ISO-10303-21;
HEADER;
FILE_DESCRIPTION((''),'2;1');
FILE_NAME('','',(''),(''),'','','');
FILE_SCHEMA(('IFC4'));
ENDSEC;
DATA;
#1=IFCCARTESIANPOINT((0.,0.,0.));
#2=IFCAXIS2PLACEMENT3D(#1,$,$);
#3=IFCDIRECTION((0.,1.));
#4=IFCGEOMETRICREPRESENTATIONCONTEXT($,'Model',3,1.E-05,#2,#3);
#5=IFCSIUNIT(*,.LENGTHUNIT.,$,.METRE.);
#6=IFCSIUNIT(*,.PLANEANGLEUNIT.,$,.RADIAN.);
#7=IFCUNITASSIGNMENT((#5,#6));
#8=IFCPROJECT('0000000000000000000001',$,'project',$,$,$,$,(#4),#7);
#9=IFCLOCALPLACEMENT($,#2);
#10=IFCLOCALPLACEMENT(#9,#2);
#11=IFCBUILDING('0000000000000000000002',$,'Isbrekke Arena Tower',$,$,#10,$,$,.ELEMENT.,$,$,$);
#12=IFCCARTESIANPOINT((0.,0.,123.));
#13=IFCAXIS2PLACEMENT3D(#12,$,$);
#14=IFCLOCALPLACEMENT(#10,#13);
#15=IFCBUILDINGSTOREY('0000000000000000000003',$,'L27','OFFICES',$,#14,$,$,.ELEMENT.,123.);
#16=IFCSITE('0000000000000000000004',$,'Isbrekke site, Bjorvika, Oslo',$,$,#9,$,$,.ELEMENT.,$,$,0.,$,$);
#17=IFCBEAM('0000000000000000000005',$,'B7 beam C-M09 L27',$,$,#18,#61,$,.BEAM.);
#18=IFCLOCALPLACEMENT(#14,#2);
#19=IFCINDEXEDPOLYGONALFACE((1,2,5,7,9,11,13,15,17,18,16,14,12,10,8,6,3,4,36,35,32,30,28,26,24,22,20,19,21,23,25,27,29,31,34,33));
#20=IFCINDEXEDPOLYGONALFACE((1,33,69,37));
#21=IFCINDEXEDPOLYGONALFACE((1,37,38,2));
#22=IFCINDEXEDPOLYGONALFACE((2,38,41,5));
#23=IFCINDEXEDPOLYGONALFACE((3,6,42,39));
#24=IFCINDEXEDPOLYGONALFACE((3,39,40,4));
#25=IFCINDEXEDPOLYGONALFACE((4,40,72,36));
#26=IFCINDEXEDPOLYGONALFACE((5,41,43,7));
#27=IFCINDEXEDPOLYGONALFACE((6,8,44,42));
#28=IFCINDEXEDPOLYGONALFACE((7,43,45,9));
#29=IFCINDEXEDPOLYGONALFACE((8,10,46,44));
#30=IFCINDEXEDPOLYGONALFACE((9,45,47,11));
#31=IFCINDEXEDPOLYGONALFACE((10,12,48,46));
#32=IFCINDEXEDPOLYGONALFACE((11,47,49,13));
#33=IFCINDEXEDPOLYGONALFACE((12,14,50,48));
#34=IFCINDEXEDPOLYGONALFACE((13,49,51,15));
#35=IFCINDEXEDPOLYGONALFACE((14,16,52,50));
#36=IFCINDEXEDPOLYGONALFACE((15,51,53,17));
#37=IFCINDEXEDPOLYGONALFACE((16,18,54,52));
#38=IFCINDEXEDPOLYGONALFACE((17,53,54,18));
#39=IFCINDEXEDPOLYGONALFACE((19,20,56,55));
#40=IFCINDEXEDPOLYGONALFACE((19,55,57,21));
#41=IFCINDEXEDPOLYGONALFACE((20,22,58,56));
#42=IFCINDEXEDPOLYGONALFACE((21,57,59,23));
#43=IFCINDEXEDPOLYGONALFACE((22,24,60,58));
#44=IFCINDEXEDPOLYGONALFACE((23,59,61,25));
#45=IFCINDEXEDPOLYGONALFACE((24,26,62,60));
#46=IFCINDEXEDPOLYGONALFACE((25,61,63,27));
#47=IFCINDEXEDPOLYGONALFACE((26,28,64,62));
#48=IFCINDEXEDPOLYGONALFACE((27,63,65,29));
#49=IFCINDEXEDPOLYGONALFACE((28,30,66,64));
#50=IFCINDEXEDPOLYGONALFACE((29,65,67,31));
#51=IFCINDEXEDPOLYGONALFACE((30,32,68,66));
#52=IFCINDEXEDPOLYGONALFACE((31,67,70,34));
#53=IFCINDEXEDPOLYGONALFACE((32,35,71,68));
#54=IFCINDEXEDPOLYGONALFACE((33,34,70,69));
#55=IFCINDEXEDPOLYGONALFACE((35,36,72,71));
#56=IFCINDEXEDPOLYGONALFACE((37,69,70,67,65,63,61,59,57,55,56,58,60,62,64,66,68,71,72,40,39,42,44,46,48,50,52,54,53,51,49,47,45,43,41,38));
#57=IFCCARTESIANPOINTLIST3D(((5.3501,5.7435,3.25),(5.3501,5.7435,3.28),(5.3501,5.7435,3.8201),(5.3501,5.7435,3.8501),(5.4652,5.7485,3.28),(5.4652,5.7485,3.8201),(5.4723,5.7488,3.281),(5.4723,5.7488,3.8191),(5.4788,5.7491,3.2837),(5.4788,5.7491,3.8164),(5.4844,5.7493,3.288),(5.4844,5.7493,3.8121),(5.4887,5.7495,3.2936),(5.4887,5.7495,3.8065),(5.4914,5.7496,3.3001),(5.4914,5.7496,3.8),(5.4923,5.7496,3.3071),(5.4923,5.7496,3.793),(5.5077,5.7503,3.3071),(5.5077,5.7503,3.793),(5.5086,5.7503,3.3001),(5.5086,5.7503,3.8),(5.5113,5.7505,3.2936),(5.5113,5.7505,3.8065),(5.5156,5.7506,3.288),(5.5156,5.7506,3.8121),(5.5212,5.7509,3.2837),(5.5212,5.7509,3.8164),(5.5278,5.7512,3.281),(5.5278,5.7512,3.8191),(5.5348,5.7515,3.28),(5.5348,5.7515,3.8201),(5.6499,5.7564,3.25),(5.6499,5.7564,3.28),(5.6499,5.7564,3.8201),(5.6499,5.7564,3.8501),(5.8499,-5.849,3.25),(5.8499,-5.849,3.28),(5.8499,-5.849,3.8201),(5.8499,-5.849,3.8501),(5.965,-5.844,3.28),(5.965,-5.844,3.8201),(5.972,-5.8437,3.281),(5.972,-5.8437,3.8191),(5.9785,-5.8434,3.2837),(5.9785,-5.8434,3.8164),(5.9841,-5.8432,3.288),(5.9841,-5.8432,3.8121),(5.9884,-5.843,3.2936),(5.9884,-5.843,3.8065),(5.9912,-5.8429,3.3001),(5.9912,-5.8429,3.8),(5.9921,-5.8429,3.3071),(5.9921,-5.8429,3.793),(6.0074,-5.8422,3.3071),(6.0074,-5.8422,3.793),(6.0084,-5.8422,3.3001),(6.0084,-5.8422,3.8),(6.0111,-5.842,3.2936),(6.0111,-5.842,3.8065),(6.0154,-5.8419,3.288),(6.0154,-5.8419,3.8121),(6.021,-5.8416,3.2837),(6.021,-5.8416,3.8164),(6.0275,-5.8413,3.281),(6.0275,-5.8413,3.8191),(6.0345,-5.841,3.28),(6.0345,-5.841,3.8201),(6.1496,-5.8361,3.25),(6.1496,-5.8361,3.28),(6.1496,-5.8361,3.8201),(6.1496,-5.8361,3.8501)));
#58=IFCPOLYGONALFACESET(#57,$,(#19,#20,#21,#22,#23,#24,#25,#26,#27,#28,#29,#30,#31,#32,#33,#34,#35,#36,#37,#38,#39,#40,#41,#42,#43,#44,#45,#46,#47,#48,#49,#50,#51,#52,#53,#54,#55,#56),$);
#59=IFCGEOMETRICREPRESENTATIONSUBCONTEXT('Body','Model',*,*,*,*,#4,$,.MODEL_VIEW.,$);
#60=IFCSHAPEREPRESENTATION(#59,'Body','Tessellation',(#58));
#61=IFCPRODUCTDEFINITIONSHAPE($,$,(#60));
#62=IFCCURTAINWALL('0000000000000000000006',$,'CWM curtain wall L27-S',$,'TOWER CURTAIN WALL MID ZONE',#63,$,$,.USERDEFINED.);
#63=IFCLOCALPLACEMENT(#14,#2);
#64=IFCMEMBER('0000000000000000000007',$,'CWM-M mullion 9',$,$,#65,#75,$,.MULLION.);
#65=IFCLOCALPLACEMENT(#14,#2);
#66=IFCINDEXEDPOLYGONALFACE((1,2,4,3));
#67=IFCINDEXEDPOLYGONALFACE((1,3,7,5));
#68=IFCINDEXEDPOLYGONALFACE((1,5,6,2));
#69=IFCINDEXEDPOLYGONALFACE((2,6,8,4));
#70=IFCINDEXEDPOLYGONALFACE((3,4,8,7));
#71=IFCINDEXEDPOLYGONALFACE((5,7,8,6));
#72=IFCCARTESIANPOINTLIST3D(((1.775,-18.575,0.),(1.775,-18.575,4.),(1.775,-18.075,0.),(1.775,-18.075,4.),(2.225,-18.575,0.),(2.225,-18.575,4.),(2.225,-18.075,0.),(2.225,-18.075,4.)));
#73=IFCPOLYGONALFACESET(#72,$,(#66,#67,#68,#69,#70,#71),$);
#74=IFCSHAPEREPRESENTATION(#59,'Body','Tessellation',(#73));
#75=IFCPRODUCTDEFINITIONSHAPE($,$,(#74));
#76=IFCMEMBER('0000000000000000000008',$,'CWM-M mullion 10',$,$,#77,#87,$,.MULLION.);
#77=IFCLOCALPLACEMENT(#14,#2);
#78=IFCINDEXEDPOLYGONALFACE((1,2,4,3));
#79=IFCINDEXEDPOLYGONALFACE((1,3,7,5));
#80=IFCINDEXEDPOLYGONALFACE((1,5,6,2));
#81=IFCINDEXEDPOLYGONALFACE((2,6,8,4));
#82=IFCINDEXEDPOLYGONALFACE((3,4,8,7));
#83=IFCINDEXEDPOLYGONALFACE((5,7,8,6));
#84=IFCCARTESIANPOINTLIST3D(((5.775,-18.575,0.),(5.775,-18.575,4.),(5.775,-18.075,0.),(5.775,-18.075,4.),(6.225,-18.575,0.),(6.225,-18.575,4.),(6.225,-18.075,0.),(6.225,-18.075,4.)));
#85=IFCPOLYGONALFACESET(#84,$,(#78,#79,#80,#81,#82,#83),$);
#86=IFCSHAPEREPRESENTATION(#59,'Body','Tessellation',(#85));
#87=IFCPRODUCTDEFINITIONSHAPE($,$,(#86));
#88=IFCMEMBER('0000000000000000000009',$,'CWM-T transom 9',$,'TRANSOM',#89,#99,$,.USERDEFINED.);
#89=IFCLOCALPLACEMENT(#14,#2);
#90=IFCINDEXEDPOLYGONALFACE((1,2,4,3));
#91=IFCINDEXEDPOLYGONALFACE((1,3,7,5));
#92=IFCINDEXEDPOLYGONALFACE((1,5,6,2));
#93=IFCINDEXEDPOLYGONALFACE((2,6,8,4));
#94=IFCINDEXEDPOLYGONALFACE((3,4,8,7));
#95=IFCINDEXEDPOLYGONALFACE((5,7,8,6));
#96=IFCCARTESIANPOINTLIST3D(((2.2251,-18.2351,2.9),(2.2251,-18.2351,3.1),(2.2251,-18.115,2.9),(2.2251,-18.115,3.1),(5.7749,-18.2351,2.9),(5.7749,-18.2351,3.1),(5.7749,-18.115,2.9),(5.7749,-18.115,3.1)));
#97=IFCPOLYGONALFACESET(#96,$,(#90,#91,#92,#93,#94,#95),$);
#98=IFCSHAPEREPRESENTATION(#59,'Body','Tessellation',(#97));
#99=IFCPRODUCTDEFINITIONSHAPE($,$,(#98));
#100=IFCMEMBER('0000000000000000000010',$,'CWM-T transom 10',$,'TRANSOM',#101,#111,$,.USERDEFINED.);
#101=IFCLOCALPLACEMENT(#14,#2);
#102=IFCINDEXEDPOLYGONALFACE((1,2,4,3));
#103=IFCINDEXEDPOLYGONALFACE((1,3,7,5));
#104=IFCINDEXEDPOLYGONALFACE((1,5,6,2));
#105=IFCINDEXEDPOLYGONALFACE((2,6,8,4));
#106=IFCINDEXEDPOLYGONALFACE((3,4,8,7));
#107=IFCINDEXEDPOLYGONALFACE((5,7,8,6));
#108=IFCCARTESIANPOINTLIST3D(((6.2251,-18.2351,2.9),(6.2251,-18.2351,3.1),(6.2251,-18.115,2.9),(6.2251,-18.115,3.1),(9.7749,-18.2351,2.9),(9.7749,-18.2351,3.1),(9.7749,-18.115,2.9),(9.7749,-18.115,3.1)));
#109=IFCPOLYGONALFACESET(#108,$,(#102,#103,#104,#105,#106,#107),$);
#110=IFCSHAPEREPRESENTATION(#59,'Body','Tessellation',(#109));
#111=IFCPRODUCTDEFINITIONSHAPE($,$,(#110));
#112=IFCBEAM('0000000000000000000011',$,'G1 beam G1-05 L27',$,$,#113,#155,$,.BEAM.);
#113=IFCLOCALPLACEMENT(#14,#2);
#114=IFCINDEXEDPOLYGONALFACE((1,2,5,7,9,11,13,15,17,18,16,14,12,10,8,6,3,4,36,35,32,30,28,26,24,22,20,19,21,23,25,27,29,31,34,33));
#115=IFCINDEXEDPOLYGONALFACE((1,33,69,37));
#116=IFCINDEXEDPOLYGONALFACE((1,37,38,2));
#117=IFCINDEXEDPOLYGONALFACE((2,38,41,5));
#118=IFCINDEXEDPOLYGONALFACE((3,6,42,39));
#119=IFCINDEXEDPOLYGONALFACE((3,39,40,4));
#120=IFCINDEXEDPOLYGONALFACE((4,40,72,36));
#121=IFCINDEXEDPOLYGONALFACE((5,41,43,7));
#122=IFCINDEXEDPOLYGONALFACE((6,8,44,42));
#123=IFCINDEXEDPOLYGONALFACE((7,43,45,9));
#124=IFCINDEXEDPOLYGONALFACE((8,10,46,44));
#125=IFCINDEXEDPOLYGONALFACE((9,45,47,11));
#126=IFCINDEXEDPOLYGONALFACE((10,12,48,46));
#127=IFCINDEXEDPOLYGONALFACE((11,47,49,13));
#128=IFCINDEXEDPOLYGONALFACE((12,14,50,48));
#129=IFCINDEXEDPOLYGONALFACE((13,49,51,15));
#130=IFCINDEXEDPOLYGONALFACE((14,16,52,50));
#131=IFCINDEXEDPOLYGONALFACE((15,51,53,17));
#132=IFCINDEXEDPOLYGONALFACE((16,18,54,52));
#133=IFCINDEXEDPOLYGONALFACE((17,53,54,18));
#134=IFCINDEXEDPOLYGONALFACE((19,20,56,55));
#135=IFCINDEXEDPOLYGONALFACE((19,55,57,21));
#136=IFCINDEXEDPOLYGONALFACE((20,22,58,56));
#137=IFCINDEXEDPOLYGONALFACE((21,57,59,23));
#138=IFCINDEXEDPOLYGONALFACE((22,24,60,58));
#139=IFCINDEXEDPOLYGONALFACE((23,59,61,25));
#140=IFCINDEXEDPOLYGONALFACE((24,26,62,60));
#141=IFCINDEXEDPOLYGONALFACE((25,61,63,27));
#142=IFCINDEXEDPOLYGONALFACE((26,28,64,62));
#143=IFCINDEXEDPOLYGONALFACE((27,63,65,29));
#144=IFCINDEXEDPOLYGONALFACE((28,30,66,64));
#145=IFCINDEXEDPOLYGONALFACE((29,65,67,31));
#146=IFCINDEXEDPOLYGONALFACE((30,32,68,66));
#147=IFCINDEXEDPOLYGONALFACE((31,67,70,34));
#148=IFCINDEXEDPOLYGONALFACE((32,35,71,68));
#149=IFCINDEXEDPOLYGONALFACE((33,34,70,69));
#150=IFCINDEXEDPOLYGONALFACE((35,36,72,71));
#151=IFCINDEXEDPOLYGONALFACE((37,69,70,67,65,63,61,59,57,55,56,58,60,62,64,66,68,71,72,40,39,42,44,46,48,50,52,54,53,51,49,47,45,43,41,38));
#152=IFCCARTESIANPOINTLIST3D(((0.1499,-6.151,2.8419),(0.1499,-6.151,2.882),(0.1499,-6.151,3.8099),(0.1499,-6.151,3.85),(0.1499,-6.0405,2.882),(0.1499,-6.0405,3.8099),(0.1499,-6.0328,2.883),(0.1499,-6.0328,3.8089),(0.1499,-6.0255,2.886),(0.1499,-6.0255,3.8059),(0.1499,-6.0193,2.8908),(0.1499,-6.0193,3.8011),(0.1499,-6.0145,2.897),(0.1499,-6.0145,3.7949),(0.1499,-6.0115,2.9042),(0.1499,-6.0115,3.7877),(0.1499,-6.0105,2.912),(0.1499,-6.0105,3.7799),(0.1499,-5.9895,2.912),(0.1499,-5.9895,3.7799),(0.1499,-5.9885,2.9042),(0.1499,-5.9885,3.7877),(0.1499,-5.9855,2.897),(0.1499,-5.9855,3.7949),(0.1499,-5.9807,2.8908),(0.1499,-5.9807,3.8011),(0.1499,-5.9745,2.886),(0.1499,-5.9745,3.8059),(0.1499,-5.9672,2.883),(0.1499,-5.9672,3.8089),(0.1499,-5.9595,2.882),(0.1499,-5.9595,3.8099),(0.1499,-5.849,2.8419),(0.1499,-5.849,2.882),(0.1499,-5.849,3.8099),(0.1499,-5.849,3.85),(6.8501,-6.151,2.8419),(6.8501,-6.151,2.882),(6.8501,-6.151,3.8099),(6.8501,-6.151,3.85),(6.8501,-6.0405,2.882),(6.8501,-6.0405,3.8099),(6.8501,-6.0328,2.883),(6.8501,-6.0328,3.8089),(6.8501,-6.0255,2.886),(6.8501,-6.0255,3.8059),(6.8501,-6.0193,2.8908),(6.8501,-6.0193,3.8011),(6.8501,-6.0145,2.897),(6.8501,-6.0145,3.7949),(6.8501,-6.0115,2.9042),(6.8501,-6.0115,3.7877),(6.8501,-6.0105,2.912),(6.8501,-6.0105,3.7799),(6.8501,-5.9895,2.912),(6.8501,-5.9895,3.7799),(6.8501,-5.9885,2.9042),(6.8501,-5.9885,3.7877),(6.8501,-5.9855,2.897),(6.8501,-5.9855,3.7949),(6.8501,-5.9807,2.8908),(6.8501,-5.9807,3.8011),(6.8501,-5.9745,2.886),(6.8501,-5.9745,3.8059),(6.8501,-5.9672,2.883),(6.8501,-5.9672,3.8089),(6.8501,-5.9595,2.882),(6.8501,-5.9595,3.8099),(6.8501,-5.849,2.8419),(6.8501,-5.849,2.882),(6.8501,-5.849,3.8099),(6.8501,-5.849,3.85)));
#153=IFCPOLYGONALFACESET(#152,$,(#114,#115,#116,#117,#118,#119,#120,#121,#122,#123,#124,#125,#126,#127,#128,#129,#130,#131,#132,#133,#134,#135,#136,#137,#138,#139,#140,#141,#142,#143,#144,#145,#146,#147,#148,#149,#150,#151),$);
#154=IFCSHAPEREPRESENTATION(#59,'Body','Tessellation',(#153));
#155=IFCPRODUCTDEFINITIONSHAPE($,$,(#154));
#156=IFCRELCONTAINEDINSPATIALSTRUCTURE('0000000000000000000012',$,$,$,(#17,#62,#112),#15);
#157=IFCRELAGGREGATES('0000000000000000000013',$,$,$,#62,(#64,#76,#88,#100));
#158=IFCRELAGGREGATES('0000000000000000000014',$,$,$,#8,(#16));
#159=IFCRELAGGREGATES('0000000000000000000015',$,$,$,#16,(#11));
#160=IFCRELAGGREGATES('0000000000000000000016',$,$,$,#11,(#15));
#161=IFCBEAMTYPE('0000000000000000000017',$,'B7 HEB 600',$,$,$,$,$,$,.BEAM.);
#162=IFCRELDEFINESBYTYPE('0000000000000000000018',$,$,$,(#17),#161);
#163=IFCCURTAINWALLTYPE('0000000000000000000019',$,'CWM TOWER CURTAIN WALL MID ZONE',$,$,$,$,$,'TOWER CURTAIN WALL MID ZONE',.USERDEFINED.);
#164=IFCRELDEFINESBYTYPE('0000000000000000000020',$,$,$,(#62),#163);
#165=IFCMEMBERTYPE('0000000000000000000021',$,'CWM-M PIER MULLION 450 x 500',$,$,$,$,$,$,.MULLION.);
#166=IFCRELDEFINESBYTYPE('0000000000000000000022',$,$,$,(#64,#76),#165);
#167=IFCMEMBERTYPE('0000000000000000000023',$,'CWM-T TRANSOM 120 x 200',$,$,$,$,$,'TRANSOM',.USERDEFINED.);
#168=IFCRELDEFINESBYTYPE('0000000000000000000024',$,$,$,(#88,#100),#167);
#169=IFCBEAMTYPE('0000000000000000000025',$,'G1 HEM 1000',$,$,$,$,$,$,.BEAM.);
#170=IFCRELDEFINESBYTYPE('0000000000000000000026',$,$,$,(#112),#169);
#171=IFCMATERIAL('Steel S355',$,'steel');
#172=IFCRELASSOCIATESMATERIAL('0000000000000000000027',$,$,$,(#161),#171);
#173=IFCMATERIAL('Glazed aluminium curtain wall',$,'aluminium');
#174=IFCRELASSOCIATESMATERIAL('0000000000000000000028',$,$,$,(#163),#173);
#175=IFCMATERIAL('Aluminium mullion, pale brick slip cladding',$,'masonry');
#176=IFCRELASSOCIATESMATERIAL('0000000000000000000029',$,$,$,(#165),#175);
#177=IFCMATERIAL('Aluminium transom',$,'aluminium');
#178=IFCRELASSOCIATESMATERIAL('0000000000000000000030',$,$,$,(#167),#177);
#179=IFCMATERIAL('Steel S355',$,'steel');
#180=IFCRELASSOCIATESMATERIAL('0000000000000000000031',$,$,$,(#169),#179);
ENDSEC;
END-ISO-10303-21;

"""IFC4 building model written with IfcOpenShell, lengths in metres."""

from ifc_helpers import new_model, si_unit, direction, frame, origin, origin_2d, place, context, subcontext, project, spatial, rectangle, i_section, extrude, material, material_profile, profile_set, type_object, element, aggregate, save


model = new_model("IFC4")

# Units and contexts
model_context = context("Model", 3, precision=1e-05, world=origin(), true_north=direction((0.0, 1.0)))
body_context = subcontext(model_context, "Body", "Model", "MODEL_VIEW")
ifc_project = project(units=[si_unit("LENGTHUNIT", "METRE"), si_unit("PLANEANGLEUNIT", "RADIAN")], contexts=[model_context])

# Site, building, storey
site_placement = place(None, origin())
site = spatial("IfcSite", under=ifc_project, at=site_placement, Name="Isbrekke site, Bjorvika, Oslo", CompositionType="ELEMENT", RefElevation=0.0)
building_placement = place(site_placement, origin())
building = spatial("IfcBuilding", under=site, at=building_placement, Name="Isbrekke Arena Tower", CompositionType="ELEMENT")
storey_placement = place(building_placement, frame((0.0, 0.0, 123.0)))
storey = spatial("IfcBuildingStorey", under=building, at=storey_placement, Name="L27", Description="OFFICES", CompositionType="ELEMENT", Elevation=123.0)

# Beam
ifc_material_1 = material(Name="Steel S355", Category="steel")
ifc_material_profile_1 = material_profile(ifc_material_1, i_section(OverallWidth=0.3, OverallDepth=0.6001, WebThickness=0.0154, FlangeThickness=0.03, FilletRadius=0.0271, at=origin_2d()), Name="HEB 600")
ifc_profile_set_1 = profile_set([ifc_material_profile_1], Name="Steel S355")
beam_type_1 = type_object("IfcBeamType", Name="B7 HEB 600", PredefinedType="BEAM", material=ifc_profile_set_1)
beam_1_placement = place(storey_placement, frame((5.9998, -5.8425, 3.55), z_axis=(-0.04307, 0.999072, 0.0), x_axis=(-0.999072, -0.04307, 0.0)))
element("IfcBeam", 1, at=beam_1_placement, inside=storey, type_object=beam_type_1, Name="B7 beam C-M09 L27", PredefinedType="BEAM", context=body_context, shape_type="SweptSolid", body=[
    extrude(i_section(OverallWidth=0.3, OverallDepth=0.6001, WebThickness=0.0154, FlangeThickness=0.03, FilletRadius=0.0271, at=origin_2d()), origin(), (0.0, 0.0, 1.0), 11.6033),
])

# Curtain wall, members
ifc_material_2 = material(Name="Glazed aluminium curtain wall", Category="aluminium")
curtain_wall_type = type_object("IfcCurtainWallType", Name="CWM TOWER CURTAIN WALL MID ZONE", ElementType="TOWER CURTAIN WALL MID ZONE", PredefinedType="USERDEFINED", material=ifc_material_2)
curtain_wall_placement = place(storey_placement, origin())
curtain_wall = element("IfcCurtainWall", 2, at=curtain_wall_placement, inside=storey, type_object=curtain_wall_type, Name="CWM curtain wall L27-S", ObjectType="TOWER CURTAIN WALL MID ZONE", PredefinedType="USERDEFINED")
ifc_material_3 = material(Name="Aluminium mullion, pale brick slip cladding", Category="masonry")
ifc_material_profile_2 = material_profile(ifc_material_3, rectangle(XDim=0.45, YDim=0.5, at=origin_2d()), Name="PIER 450X500")
ifc_profile_set_2 = profile_set([ifc_material_profile_2], Name="Aluminium mullion, pale brick slip cladding")
member_type_1 = type_object("IfcMemberType", Name="CWM-M PIER MULLION 450 x 500", PredefinedType="MULLION", material=ifc_profile_set_2)
member_1_placement = place(storey_placement, frame((2.0, -18.325, 0.0), z_axis=(0.0, 0.0, 1.0), x_axis=(1.0, 0.0, 0.0)))
member_1 = element("IfcMember", 3, at=member_1_placement, type_object=member_type_1, Name="CWM-M mullion 9", PredefinedType="MULLION", context=body_context, shape_type="SweptSolid", body=[
    extrude(rectangle(XDim=0.45, YDim=0.5, at=origin_2d()), origin(), (0.0, 0.0, 1.0), 4.0),
])
member_2_placement = place(storey_placement, frame((6.0, -18.325, 0.0), z_axis=(0.0, 0.0, 1.0), x_axis=(1.0, 0.0, 0.0)))
member_2 = element("IfcMember", 4, at=member_2_placement, type_object=member_type_1, Name="CWM-M mullion 10", PredefinedType="MULLION", context=body_context, shape_type="SweptSolid", body=[
    extrude(rectangle(XDim=0.45, YDim=0.5, at=origin_2d()), origin(), (0.0, 0.0, 1.0), 4.0),
])
ifc_material_4 = material(Name="Aluminium transom", Category="aluminium")
ifc_material_profile_3 = material_profile(ifc_material_4, rectangle(XDim=0.1201, YDim=0.2, at=origin_2d()), Name="TRANSOM 120X200")
ifc_profile_set_3 = profile_set([ifc_material_profile_3], Name="Aluminium transom")
member_type_2 = type_object("IfcMemberType", Name="CWM-T TRANSOM 120 x 200", ElementType="TRANSOM", PredefinedType="USERDEFINED", material=ifc_profile_set_3)
member_3_placement = place(storey_placement, frame((2.2251, -18.175, 3.0), z_axis=(1.0, 0.0, 0.0), x_axis=(0.0, 1.0, 0.0)))
member_3 = element("IfcMember", 5, at=member_3_placement, type_object=member_type_2, Name="CWM-T transom 9", ObjectType="TRANSOM", PredefinedType="USERDEFINED", context=body_context, shape_type="SweptSolid", body=[
    extrude(rectangle(XDim=0.1201, YDim=0.2, at=origin_2d()), origin(), (0.0, 0.0, 1.0), 3.5498),
])
member_4_placement = place(storey_placement, frame((6.2251, -18.175, 3.0), z_axis=(1.0, 0.0, 0.0), x_axis=(0.0, 1.0, 0.0)))
member_4 = element("IfcMember", 6, at=member_4_placement, type_object=member_type_2, Name="CWM-T transom 10", ObjectType="TRANSOM", PredefinedType="USERDEFINED", context=body_context, shape_type="SweptSolid", body=[
    extrude(rectangle(XDim=0.1201, YDim=0.2, at=origin_2d()), origin(), (0.0, 0.0, 1.0), 3.5498),
])

# Beam
ifc_material_5 = material(Name="Steel S355", Category="steel")
ifc_material_profile_4 = material_profile(ifc_material_5, i_section(OverallWidth=0.302, OverallDepth=1.0081, WebThickness=0.021, FlangeThickness=0.04, FilletRadius=0.03, at=origin_2d()), Name="HEM 1000")
ifc_profile_set_4 = profile_set([ifc_material_profile_4], Name="Steel S355")
beam_type_2 = type_object("IfcBeamType", Name="G1 HEM 1000", PredefinedType="BEAM", material=ifc_profile_set_4)
for number, where, z_axis, x_axis, name in (
    (7, (0.1499, -6.0, 3.3459), (1.0, 0.0, 0.0), (0.0, 1.0, 0.0), "G1 beam G1-05 L27"),
):
    element("IfcBeam", number, at=place(storey_placement, frame(where, z_axis=z_axis, x_axis=x_axis)), inside=storey, type_object=beam_type_2, Name=name, PredefinedType="BEAM", context=body_context, shape_type="SweptSolid", body=[
        extrude(i_section(OverallWidth=0.302, OverallDepth=1.0081, WebThickness=0.021, FlangeThickness=0.04, FilletRadius=0.03, at=origin_2d()), origin(), (0.0, 0.0, 1.0), 6.7002),
    ])

aggregate(curtain_wall, [member_1, member_2, member_3, member_4])

save(model, "model.ifc")
